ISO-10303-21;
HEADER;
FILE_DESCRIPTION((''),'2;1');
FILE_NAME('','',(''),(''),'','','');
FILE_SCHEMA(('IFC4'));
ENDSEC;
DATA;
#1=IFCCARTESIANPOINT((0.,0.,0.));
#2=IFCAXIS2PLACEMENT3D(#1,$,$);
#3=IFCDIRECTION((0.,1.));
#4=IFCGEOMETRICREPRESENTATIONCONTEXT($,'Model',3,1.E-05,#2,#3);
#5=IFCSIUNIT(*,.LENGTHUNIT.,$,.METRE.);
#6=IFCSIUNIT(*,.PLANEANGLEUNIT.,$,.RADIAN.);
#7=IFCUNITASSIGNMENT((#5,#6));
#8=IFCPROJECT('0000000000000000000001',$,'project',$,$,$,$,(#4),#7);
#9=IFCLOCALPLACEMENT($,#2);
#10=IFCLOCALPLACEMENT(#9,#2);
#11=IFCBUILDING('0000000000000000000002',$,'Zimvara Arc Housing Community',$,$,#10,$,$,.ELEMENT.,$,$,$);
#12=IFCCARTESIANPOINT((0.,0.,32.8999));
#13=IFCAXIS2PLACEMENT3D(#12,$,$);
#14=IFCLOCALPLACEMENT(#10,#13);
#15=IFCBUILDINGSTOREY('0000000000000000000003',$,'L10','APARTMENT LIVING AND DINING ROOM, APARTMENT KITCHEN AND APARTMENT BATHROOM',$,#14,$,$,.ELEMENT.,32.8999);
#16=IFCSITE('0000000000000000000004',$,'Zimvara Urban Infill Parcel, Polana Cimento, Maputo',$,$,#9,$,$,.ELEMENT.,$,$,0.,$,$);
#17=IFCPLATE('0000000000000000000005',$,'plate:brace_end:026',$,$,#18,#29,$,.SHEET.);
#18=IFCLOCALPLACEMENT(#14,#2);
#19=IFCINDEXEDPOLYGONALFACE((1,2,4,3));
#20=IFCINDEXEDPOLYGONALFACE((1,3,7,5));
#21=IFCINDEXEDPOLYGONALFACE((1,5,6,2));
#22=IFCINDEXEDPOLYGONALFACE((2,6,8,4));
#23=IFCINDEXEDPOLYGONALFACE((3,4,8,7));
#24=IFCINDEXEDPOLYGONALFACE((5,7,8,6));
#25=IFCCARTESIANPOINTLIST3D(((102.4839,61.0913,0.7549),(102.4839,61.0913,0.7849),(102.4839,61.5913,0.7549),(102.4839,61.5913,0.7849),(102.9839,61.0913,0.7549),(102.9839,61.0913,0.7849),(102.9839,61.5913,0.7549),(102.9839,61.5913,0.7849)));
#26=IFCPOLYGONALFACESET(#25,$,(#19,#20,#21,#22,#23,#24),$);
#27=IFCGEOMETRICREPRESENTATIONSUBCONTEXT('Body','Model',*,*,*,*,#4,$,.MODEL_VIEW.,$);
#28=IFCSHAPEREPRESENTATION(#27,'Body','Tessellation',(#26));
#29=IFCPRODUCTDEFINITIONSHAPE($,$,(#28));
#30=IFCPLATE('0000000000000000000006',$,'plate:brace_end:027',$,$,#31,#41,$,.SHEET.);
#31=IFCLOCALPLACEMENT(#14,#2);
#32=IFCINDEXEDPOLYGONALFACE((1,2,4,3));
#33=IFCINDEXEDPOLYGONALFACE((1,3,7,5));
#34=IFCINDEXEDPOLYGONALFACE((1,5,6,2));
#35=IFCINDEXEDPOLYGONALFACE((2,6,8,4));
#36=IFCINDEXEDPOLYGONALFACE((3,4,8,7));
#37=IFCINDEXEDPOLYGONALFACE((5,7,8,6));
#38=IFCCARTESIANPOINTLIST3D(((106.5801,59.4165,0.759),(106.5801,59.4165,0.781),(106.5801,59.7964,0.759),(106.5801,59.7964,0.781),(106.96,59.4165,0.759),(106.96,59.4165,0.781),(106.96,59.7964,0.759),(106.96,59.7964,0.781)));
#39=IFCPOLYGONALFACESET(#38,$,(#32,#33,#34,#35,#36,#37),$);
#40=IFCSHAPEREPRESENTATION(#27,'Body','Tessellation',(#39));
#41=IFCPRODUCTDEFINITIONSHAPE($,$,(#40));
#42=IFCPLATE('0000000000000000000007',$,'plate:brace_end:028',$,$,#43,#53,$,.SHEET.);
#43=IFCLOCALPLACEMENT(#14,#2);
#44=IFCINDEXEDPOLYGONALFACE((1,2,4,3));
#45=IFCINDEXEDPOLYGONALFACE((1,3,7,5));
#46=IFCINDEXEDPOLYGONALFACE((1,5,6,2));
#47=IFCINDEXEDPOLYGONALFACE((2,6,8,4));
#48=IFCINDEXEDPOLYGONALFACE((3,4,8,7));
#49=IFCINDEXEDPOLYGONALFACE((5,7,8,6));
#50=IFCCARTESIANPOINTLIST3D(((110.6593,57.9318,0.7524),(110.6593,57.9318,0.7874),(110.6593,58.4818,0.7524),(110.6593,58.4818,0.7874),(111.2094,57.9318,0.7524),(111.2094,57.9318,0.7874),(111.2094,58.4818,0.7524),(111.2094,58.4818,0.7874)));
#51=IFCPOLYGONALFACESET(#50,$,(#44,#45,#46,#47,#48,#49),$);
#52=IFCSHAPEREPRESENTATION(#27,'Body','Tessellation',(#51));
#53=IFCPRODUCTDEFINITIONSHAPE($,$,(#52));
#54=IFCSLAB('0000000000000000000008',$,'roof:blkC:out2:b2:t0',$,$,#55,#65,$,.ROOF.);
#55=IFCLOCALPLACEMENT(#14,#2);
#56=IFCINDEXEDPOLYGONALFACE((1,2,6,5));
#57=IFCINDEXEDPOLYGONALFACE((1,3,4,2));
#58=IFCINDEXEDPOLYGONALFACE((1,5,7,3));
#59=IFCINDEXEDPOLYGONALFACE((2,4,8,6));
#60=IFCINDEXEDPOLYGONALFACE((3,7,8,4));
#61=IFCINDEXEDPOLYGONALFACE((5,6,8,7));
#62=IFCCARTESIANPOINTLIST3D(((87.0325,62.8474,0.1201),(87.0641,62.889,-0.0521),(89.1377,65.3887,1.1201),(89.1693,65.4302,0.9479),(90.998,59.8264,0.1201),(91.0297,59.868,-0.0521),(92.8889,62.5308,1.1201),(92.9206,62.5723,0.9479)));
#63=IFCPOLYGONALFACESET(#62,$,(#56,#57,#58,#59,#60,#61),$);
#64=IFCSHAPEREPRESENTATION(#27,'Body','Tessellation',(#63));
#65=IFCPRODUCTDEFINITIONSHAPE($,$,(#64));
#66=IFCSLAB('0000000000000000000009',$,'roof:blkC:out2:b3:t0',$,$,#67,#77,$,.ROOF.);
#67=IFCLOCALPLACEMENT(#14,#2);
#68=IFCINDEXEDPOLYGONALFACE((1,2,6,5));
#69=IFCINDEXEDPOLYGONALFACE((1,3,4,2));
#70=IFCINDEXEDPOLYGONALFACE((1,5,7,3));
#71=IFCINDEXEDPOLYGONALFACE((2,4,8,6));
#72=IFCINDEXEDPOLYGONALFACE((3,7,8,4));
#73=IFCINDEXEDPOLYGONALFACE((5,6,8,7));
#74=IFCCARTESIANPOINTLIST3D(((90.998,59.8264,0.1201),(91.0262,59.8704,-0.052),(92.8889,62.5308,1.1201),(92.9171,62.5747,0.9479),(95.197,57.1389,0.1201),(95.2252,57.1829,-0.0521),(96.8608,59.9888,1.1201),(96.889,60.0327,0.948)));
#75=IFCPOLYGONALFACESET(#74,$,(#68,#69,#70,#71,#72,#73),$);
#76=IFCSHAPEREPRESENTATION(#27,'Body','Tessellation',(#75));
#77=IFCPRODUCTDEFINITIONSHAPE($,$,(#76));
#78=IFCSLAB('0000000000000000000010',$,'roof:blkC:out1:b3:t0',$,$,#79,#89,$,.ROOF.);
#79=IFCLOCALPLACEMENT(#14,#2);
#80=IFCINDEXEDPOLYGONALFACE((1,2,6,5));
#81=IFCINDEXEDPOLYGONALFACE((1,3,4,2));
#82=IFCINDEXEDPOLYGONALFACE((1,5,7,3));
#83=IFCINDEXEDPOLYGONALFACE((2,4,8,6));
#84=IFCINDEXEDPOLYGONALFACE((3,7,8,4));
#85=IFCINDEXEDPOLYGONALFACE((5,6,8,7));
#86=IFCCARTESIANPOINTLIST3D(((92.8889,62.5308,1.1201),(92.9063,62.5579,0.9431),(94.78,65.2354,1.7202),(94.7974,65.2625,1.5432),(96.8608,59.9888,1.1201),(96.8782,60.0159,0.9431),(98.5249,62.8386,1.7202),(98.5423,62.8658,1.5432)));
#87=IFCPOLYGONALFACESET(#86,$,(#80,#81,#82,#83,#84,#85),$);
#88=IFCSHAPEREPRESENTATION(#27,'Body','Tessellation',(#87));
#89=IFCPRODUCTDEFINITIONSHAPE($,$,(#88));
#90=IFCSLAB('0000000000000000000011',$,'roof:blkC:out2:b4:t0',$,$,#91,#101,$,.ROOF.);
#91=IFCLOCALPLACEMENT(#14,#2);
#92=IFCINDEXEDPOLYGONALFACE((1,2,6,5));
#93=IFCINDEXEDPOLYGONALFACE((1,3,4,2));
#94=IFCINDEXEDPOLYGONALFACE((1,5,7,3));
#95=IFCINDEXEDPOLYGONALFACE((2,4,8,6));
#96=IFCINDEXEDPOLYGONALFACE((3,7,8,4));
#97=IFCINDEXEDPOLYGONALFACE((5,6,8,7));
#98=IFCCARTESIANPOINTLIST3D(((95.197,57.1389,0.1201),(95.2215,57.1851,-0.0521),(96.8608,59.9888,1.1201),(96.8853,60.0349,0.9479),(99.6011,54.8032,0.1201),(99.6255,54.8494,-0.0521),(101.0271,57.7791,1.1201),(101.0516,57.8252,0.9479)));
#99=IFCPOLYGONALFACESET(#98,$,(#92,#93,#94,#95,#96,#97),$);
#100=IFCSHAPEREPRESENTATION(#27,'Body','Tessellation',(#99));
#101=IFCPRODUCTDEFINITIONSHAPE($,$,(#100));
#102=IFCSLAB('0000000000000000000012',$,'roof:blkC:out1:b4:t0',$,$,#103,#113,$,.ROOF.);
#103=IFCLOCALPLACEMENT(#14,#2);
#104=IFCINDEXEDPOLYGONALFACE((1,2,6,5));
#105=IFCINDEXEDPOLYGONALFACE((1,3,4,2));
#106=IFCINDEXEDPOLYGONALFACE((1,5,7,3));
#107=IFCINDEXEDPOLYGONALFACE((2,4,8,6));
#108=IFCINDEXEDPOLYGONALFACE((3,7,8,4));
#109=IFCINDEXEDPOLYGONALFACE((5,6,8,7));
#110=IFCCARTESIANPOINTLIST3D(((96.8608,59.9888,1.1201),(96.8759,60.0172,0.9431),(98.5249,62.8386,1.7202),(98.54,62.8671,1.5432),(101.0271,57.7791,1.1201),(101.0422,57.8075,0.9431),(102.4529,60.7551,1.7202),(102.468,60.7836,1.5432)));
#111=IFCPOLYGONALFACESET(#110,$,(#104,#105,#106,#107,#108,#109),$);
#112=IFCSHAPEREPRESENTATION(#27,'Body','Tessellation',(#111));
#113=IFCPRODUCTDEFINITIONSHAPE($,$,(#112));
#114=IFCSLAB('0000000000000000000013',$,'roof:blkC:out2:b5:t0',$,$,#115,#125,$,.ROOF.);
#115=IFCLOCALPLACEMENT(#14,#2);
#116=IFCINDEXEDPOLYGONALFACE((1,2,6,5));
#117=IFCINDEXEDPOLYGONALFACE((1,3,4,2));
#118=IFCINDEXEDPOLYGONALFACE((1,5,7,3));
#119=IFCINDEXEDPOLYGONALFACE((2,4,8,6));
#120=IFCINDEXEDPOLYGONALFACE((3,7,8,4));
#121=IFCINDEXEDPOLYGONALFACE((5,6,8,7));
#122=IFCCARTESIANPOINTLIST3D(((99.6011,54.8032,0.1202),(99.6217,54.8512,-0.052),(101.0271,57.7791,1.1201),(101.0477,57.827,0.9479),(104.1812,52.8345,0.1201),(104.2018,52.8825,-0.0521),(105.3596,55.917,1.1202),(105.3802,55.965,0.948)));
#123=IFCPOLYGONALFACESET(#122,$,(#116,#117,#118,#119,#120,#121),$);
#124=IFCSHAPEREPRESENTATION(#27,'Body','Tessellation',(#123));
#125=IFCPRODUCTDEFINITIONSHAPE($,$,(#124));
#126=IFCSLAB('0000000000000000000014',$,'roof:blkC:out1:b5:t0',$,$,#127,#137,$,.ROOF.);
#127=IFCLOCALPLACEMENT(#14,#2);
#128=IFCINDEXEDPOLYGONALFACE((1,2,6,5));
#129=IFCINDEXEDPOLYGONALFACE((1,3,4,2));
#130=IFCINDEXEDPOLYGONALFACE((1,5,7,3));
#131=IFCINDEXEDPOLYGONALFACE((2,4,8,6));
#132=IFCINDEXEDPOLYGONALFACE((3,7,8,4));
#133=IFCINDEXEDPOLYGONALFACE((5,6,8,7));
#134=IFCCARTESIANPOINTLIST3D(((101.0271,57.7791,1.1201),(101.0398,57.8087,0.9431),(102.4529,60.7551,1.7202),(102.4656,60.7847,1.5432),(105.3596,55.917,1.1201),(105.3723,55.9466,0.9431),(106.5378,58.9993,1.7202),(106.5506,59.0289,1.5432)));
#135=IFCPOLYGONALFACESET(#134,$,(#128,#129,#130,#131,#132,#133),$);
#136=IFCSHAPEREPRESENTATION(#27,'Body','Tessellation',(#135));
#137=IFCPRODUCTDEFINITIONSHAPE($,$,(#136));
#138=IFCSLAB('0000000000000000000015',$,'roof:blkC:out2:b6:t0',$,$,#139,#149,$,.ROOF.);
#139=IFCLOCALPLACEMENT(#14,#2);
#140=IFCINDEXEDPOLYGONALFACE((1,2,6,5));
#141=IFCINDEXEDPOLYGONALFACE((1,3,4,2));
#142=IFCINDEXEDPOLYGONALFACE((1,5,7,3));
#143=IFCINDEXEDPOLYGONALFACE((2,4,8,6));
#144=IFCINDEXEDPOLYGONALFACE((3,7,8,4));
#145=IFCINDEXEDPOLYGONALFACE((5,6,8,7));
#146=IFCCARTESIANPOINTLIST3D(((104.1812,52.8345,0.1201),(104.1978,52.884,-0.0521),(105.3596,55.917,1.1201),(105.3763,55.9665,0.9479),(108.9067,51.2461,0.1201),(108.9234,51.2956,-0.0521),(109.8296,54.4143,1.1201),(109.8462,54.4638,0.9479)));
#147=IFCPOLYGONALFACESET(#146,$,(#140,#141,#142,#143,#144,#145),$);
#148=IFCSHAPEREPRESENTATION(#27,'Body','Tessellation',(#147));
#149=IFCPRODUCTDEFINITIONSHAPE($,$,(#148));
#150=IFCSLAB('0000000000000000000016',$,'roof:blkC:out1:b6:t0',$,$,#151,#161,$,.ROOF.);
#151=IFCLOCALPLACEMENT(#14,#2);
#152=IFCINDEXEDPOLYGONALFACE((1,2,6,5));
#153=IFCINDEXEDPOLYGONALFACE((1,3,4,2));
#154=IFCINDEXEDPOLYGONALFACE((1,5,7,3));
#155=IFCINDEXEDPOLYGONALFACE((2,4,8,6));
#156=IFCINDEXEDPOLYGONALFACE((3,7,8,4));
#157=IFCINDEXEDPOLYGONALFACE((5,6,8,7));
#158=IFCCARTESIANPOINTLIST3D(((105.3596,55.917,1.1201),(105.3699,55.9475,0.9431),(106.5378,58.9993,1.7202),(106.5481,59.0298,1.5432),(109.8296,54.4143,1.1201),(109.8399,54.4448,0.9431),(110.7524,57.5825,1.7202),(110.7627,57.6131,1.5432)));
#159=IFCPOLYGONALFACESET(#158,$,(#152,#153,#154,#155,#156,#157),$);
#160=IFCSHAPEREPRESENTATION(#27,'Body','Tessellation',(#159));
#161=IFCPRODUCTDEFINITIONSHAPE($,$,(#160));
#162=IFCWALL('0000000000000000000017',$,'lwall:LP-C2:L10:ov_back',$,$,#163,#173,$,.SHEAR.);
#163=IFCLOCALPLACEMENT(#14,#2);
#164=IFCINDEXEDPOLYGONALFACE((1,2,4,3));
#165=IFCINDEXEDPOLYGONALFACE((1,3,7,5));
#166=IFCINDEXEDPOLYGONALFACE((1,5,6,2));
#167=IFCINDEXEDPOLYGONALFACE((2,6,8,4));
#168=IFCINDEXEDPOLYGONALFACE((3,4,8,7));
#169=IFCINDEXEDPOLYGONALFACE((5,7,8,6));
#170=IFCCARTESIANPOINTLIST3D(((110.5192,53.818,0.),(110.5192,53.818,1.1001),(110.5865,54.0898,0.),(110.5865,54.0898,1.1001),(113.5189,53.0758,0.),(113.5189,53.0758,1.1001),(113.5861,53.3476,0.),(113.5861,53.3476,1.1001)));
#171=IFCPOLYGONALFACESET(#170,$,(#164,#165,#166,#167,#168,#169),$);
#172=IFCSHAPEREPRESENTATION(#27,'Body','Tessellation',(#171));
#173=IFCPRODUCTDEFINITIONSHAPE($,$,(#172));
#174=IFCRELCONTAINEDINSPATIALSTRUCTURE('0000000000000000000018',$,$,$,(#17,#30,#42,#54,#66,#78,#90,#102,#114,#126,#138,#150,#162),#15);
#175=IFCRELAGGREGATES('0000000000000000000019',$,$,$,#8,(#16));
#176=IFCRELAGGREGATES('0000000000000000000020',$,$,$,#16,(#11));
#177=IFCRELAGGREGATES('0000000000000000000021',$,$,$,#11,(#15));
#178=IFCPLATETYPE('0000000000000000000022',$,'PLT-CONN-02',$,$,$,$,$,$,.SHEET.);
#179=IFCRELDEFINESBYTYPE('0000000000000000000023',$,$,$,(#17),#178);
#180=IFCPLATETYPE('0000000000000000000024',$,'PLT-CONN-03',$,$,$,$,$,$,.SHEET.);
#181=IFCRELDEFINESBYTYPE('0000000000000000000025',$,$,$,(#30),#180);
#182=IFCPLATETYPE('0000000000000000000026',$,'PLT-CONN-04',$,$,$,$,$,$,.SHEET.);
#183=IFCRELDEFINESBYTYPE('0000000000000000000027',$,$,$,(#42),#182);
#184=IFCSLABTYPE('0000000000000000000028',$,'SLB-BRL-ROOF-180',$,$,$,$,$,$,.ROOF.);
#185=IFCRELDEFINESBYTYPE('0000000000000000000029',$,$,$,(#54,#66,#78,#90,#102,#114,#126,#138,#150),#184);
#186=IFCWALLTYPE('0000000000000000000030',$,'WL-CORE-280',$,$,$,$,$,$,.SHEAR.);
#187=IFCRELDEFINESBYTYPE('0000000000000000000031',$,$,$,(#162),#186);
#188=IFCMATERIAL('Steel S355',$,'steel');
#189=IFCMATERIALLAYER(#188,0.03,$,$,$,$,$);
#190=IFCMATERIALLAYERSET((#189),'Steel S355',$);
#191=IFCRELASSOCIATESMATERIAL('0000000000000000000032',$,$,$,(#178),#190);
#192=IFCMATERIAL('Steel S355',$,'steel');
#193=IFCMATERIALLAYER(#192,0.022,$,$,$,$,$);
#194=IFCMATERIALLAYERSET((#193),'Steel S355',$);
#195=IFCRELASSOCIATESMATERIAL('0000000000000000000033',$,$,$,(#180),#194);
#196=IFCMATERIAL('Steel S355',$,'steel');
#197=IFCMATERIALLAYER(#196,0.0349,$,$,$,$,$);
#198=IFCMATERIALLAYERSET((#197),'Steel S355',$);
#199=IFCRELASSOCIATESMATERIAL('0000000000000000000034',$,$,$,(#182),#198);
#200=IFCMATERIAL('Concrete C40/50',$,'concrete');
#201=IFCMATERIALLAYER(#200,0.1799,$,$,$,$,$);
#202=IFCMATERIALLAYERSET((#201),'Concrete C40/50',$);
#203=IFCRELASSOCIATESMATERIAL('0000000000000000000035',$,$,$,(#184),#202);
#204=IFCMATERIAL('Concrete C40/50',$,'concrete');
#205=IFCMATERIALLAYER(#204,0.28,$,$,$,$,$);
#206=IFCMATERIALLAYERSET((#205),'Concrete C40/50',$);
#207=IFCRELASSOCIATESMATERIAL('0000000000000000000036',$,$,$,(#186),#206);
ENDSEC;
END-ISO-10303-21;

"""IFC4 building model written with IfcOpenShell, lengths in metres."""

from ifc_helpers import new_model, si_unit, direction, frame, frame_2d, origin, origin_2d, place, context, subcontext, project, spatial, polyline, rectangle, outline, extrude, material, layer, layer_set, type_object, element, save


model = new_model("IFC4")

# Units and contexts
model_context = context("Model", 3, precision=1e-05, world=origin(), true_north=direction((0.0, 1.0)))
body_context = subcontext(model_context, "Body", "Model", "MODEL_VIEW")
ifc_project = project(units=[si_unit("LENGTHUNIT", "METRE"), si_unit("PLANEANGLEUNIT", "RADIAN")], contexts=[model_context])

# Site, building, storey
site_placement = place(None, origin())
site = spatial("IfcSite", under=ifc_project, at=site_placement, Name="Zimvara Urban Infill Parcel, Polana Cimento, Maputo", CompositionType="ELEMENT", RefElevation=0.0)
building_placement = place(site_placement, origin())
building = spatial("IfcBuilding", under=site, at=building_placement, Name="Zimvara Arc Housing Community", CompositionType="ELEMENT")
storey_placement = place(building_placement, frame((0.0, 0.0, 32.8999)))
storey = spatial("IfcBuildingStorey", under=building, at=storey_placement, Name="L10", Description="APARTMENT LIVING AND DINING ROOM, APARTMENT KITCHEN AND APARTMENT BATHROOM", CompositionType="ELEMENT", Elevation=32.8999)

# Plates
ifc_material_1 = material(Name="Steel S355", Category="steel")
ifc_layer_1 = layer(ifc_material_1, 0.03)
ifc_layer_set_1 = layer_set([ifc_layer_1], Name="Steel S355")
plate_type_1 = type_object("IfcPlateType", Name="PLT-CONN-02", PredefinedType="SHEET", material=ifc_layer_set_1)
plate_1_placement = place(storey_placement, frame((102.7339, 61.3413, 0.7549), z_axis=(0.0, 0.0, 1.0), x_axis=(1.0, 0.0, 0.0)))
element("IfcPlate", 1, at=plate_1_placement, inside=storey, type_object=plate_type_1, Name="plate:brace_end:026", PredefinedType="SHEET", context=body_context, shape_type="SweptSolid", body=[
    extrude(rectangle(XDim=0.5, YDim=0.5, at=origin_2d()), origin(), (0.0, 0.0, 1.0), 0.03),
])
ifc_material_2 = material(Name="Steel S355", Category="steel")
ifc_layer_2 = layer(ifc_material_2, 0.022)
ifc_layer_set_2 = layer_set([ifc_layer_2], Name="Steel S355")
plate_type_2 = type_object("IfcPlateType", Name="PLT-CONN-03", PredefinedType="SHEET", material=ifc_layer_set_2)
plate_2_placement = place(storey_placement, frame((106.77, 59.6064, 0.759), z_axis=(0.0, 0.0, 1.0), x_axis=(1.0, 0.0, 0.0)))
element("IfcPlate", 2, at=plate_2_placement, inside=storey, type_object=plate_type_2, Name="plate:brace_end:027", PredefinedType="SHEET", context=body_context, shape_type="SweptSolid", body=[
    extrude(rectangle(XDim=0.3799, YDim=0.3799, at=origin_2d()), origin(), (0.0, 0.0, 1.0), 0.022),
])
ifc_material_3 = material(Name="Steel S355", Category="steel")
ifc_layer_3 = layer(ifc_material_3, 0.0349)
ifc_layer_set_3 = layer_set([ifc_layer_3], Name="Steel S355")
plate_type_3 = type_object("IfcPlateType", Name="PLT-CONN-04", PredefinedType="SHEET", material=ifc_layer_set_3)
plate_3_placement = place(storey_placement, frame((110.9343, 58.2068, 0.7524), z_axis=(0.0, 0.0, 1.0), x_axis=(1.0, 0.0, 0.0)))
element("IfcPlate", 3, at=plate_3_placement, inside=storey, type_object=plate_type_3, Name="plate:brace_end:028", PredefinedType="SHEET", context=body_context, shape_type="SweptSolid", body=[
    extrude(rectangle(XDim=0.55, YDim=0.55, at=origin_2d()), origin(), (0.0, 0.0, 1.0), 0.0349),
])

# Slabs
ifc_material_4 = material(Name="Concrete C40/50", Category="concrete")
ifc_layer_4 = layer(ifc_material_4, 0.1799)
ifc_layer_set_4 = layer_set([ifc_layer_4], Name="Concrete C40/50")
slab_type = type_object("IfcSlabType", Name="SLB-BRL-ROOF-180", PredefinedType="ROOF", material=ifc_layer_set_4)
slab_1_placement = place(storey_placement, frame((90.998, 59.8264, 0.1201), z_axis=(-0.175885, -0.230871, 0.956955), x_axis=(-0.795469, 0.605994, -0.000005)))
element("IfcSlab", 4, at=slab_1_placement, inside=storey, type_object=slab_type, Name="roof:blkC:out2:b2:t0", PredefinedType="ROOF", context=body_context, shape_type="SweptSolid", body=[
    extrude(outline(polyline([(0.0, 0.0), (4.9852, 0.0), (4.8505, -3.4456), (0.1347, -3.4454), (0.0, 0.0)])), origin(), (0.0, 0.0, -1.0), 0.1799),
])
slab_2_placement = place(storey_placement, frame((95.197, 57.1389, 0.1201), z_axis=(-0.156456, -0.244456, 0.956955), x_axis=(-0.842258, 0.539075, 0.000005)))
element("IfcSlab", 5, at=slab_2_placement, inside=storey, type_object=slab_type, Name="roof:blkC:out2:b3:t0", PredefinedType="ROOF", context=body_context, shape_type="SweptSolid", body=[
    extrude(outline(polyline([(0.0, 0.0), (4.9854, 0.0), (4.8506, -3.4454), (0.1349, -3.4455), (0.0, 0.0)])), origin(), (0.0, 0.0, -1.0), 0.1799),
])
slab_3_placement = place(storey_placement, frame((96.8608, 59.9888, 1.1201), z_axis=(-0.096518, -0.15081, 0.98384), x_axis=(-0.842275, 0.539048, -0.000001)))
element("IfcSlab", 6, at=slab_3_placement, inside=storey, type_object=slab_type, Name="roof:blkC:out1:b3:t0", PredefinedType="ROOF", context=body_context, shape_type="SweptSolid", body=[
    extrude(outline(polyline([(0.0, 0.0), (4.7157, 0.0), (4.5808, -3.3516), (0.1346, -3.3515), (0.0, 0.0)])), origin(), (0.0, 0.0, -1.0), 0.1799),
])
slab_4_placement = place(storey_placement, frame((99.6011, 54.8032, 0.1201), z_axis=(-0.135988, -0.256404, 0.956956), x_axis=(-0.883444, 0.468537, -0.000003)))
element("IfcSlab", 7, at=slab_4_placement, inside=storey, type_object=slab_type, Name="roof:blkC:out2:b4:t0", PredefinedType="ROOF", context=body_context, shape_type="SweptSolid", body=[
    extrude(outline(polyline([(0.0, 0.0), (4.9851, 0.0), (4.8505, -3.4456), (0.1345, -3.4454), (0.0, 0.0)])), origin(), (0.0, 0.0, -1.0), 0.1799),
])
slab_5_placement = place(storey_placement, frame((101.0271, 57.7791, 1.1201), z_axis=(-0.083901, -0.158182, 0.983839), x_axis=(-0.883432, 0.468559, -0.000003)))
element("IfcSlab", 8, at=slab_5_placement, inside=storey, type_object=slab_type, Name="roof:blkC:out1:b4:t0", PredefinedType="ROOF", context=body_context, shape_type="SweptSolid", body=[
    extrude(outline(polyline([(0.0, 0.0), (4.716, 0.0), (4.5812, -3.3515), (0.1349, -3.3514), (0.0, 0.0)])), origin(), (0.0, 0.0, -1.0), 0.1799),
])
slab_6_placement = place(storey_placement, frame((104.1812, 52.8345, 0.1201), z_axis=(-0.114608, -0.266643, 0.956957), x_axis=(-0.91872, 0.39491, 0.000007)))
element("IfcSlab", 9, at=slab_6_placement, inside=storey, type_object=slab_type, Name="roof:blkC:out2:b5:t0", PredefinedType="ROOF", context=body_context, shape_type="SweptSolid", body=[
    extrude(outline(polyline([(0.0, 0.0), (4.9853, 0.0), (4.8504, -3.4454), (0.1346, -3.4457), (0.0, 0.0)])), origin(), (0.0, 0.0, -1.0), 0.1799),
])
slab_7_placement = place(storey_placement, frame((105.3596, 55.917, 1.1201), z_axis=(-0.070709, -0.164512, 0.983837), x_axis=(-0.91874, 0.394863, -0.000003)))
element("IfcSlab", 10, at=slab_7_placement, inside=storey, type_object=slab_type, Name="roof:blkC:out1:b5:t0", PredefinedType="ROOF", context=body_context, shape_type="SweptSolid", body=[
    extrude(outline(polyline([(0.0, 0.0), (4.7157, 0.0), (4.5809, -3.3514), (0.1346, -3.3512), (0.0, 0.0)])), origin(), (0.0, 0.0, -1.0), 0.1799),
])
slab_8_placement = place(storey_placement, frame((108.9067, 51.2461, 0.1201), z_axis=(-0.092475, -0.275103, 0.956957), x_axis=(-0.947886, 0.318609, -0.000006)))
element("IfcSlab", 11, at=slab_8_placement, inside=storey, type_object=slab_type, Name="roof:blkC:out2:b6:t0", PredefinedType="ROOF", context=body_context, shape_type="SweptSolid", body=[
    extrude(outline(polyline([(0.0, 0.0), (4.9854, 0.0), (4.8504, -3.4456), (0.1347, -3.4454), (0.0, 0.0)])), origin(), (0.0, 0.0, -1.0), 0.1799),
])
slab_9_placement = place(storey_placement, frame((109.8296, 54.4143, 1.1201), z_axis=(-0.057058, -0.169733, 0.983837), x_axis=(-0.947873, 0.318649, 0.000002)))
element("IfcSlab", 12, at=slab_9_placement, inside=storey, type_object=slab_type, Name="roof:blkC:out1:b6:t0", PredefinedType="ROOF", context=body_context, shape_type="SweptSolid", body=[
    extrude(outline(polyline([(0.0, 0.0), (4.7158, 0.0), (4.5812, -3.3512), (0.1348, -3.3513), (0.0, 0.0)])), origin(), (0.0, 0.0, -1.0), 0.1799),
])

# Wall
ifc_material_5 = material(Name="Concrete C40/50", Category="concrete")
ifc_layer_5 = layer(ifc_material_5, 0.28)
ifc_layer_set_5 = layer_set([ifc_layer_5], Name="Concrete C40/50")
wall_type = type_object("IfcWallType", Name="WL-CORE-280", PredefinedType="SHEAR", material=ifc_layer_set_5)
wall_placement = place(storey_placement, frame((110.553, 53.9539, 0.0), z_axis=(0.0, 0.0, 1.0), x_axis=(0.970725, -0.240192, 0.0)))
element("IfcWall", 13, at=wall_placement, inside=storey, type_object=wall_type, Name="lwall:LP-C2:L10:ov_back", PredefinedType="SHEAR", context=body_context, shape_type="SweptSolid", body=[
    extrude(rectangle(XDim=3.0901, YDim=0.28, at=frame_2d((1.5449, 0.0))), origin(), (0.0, 0.0, 1.0), 1.1001),
])

save(model, "model.ifc")
